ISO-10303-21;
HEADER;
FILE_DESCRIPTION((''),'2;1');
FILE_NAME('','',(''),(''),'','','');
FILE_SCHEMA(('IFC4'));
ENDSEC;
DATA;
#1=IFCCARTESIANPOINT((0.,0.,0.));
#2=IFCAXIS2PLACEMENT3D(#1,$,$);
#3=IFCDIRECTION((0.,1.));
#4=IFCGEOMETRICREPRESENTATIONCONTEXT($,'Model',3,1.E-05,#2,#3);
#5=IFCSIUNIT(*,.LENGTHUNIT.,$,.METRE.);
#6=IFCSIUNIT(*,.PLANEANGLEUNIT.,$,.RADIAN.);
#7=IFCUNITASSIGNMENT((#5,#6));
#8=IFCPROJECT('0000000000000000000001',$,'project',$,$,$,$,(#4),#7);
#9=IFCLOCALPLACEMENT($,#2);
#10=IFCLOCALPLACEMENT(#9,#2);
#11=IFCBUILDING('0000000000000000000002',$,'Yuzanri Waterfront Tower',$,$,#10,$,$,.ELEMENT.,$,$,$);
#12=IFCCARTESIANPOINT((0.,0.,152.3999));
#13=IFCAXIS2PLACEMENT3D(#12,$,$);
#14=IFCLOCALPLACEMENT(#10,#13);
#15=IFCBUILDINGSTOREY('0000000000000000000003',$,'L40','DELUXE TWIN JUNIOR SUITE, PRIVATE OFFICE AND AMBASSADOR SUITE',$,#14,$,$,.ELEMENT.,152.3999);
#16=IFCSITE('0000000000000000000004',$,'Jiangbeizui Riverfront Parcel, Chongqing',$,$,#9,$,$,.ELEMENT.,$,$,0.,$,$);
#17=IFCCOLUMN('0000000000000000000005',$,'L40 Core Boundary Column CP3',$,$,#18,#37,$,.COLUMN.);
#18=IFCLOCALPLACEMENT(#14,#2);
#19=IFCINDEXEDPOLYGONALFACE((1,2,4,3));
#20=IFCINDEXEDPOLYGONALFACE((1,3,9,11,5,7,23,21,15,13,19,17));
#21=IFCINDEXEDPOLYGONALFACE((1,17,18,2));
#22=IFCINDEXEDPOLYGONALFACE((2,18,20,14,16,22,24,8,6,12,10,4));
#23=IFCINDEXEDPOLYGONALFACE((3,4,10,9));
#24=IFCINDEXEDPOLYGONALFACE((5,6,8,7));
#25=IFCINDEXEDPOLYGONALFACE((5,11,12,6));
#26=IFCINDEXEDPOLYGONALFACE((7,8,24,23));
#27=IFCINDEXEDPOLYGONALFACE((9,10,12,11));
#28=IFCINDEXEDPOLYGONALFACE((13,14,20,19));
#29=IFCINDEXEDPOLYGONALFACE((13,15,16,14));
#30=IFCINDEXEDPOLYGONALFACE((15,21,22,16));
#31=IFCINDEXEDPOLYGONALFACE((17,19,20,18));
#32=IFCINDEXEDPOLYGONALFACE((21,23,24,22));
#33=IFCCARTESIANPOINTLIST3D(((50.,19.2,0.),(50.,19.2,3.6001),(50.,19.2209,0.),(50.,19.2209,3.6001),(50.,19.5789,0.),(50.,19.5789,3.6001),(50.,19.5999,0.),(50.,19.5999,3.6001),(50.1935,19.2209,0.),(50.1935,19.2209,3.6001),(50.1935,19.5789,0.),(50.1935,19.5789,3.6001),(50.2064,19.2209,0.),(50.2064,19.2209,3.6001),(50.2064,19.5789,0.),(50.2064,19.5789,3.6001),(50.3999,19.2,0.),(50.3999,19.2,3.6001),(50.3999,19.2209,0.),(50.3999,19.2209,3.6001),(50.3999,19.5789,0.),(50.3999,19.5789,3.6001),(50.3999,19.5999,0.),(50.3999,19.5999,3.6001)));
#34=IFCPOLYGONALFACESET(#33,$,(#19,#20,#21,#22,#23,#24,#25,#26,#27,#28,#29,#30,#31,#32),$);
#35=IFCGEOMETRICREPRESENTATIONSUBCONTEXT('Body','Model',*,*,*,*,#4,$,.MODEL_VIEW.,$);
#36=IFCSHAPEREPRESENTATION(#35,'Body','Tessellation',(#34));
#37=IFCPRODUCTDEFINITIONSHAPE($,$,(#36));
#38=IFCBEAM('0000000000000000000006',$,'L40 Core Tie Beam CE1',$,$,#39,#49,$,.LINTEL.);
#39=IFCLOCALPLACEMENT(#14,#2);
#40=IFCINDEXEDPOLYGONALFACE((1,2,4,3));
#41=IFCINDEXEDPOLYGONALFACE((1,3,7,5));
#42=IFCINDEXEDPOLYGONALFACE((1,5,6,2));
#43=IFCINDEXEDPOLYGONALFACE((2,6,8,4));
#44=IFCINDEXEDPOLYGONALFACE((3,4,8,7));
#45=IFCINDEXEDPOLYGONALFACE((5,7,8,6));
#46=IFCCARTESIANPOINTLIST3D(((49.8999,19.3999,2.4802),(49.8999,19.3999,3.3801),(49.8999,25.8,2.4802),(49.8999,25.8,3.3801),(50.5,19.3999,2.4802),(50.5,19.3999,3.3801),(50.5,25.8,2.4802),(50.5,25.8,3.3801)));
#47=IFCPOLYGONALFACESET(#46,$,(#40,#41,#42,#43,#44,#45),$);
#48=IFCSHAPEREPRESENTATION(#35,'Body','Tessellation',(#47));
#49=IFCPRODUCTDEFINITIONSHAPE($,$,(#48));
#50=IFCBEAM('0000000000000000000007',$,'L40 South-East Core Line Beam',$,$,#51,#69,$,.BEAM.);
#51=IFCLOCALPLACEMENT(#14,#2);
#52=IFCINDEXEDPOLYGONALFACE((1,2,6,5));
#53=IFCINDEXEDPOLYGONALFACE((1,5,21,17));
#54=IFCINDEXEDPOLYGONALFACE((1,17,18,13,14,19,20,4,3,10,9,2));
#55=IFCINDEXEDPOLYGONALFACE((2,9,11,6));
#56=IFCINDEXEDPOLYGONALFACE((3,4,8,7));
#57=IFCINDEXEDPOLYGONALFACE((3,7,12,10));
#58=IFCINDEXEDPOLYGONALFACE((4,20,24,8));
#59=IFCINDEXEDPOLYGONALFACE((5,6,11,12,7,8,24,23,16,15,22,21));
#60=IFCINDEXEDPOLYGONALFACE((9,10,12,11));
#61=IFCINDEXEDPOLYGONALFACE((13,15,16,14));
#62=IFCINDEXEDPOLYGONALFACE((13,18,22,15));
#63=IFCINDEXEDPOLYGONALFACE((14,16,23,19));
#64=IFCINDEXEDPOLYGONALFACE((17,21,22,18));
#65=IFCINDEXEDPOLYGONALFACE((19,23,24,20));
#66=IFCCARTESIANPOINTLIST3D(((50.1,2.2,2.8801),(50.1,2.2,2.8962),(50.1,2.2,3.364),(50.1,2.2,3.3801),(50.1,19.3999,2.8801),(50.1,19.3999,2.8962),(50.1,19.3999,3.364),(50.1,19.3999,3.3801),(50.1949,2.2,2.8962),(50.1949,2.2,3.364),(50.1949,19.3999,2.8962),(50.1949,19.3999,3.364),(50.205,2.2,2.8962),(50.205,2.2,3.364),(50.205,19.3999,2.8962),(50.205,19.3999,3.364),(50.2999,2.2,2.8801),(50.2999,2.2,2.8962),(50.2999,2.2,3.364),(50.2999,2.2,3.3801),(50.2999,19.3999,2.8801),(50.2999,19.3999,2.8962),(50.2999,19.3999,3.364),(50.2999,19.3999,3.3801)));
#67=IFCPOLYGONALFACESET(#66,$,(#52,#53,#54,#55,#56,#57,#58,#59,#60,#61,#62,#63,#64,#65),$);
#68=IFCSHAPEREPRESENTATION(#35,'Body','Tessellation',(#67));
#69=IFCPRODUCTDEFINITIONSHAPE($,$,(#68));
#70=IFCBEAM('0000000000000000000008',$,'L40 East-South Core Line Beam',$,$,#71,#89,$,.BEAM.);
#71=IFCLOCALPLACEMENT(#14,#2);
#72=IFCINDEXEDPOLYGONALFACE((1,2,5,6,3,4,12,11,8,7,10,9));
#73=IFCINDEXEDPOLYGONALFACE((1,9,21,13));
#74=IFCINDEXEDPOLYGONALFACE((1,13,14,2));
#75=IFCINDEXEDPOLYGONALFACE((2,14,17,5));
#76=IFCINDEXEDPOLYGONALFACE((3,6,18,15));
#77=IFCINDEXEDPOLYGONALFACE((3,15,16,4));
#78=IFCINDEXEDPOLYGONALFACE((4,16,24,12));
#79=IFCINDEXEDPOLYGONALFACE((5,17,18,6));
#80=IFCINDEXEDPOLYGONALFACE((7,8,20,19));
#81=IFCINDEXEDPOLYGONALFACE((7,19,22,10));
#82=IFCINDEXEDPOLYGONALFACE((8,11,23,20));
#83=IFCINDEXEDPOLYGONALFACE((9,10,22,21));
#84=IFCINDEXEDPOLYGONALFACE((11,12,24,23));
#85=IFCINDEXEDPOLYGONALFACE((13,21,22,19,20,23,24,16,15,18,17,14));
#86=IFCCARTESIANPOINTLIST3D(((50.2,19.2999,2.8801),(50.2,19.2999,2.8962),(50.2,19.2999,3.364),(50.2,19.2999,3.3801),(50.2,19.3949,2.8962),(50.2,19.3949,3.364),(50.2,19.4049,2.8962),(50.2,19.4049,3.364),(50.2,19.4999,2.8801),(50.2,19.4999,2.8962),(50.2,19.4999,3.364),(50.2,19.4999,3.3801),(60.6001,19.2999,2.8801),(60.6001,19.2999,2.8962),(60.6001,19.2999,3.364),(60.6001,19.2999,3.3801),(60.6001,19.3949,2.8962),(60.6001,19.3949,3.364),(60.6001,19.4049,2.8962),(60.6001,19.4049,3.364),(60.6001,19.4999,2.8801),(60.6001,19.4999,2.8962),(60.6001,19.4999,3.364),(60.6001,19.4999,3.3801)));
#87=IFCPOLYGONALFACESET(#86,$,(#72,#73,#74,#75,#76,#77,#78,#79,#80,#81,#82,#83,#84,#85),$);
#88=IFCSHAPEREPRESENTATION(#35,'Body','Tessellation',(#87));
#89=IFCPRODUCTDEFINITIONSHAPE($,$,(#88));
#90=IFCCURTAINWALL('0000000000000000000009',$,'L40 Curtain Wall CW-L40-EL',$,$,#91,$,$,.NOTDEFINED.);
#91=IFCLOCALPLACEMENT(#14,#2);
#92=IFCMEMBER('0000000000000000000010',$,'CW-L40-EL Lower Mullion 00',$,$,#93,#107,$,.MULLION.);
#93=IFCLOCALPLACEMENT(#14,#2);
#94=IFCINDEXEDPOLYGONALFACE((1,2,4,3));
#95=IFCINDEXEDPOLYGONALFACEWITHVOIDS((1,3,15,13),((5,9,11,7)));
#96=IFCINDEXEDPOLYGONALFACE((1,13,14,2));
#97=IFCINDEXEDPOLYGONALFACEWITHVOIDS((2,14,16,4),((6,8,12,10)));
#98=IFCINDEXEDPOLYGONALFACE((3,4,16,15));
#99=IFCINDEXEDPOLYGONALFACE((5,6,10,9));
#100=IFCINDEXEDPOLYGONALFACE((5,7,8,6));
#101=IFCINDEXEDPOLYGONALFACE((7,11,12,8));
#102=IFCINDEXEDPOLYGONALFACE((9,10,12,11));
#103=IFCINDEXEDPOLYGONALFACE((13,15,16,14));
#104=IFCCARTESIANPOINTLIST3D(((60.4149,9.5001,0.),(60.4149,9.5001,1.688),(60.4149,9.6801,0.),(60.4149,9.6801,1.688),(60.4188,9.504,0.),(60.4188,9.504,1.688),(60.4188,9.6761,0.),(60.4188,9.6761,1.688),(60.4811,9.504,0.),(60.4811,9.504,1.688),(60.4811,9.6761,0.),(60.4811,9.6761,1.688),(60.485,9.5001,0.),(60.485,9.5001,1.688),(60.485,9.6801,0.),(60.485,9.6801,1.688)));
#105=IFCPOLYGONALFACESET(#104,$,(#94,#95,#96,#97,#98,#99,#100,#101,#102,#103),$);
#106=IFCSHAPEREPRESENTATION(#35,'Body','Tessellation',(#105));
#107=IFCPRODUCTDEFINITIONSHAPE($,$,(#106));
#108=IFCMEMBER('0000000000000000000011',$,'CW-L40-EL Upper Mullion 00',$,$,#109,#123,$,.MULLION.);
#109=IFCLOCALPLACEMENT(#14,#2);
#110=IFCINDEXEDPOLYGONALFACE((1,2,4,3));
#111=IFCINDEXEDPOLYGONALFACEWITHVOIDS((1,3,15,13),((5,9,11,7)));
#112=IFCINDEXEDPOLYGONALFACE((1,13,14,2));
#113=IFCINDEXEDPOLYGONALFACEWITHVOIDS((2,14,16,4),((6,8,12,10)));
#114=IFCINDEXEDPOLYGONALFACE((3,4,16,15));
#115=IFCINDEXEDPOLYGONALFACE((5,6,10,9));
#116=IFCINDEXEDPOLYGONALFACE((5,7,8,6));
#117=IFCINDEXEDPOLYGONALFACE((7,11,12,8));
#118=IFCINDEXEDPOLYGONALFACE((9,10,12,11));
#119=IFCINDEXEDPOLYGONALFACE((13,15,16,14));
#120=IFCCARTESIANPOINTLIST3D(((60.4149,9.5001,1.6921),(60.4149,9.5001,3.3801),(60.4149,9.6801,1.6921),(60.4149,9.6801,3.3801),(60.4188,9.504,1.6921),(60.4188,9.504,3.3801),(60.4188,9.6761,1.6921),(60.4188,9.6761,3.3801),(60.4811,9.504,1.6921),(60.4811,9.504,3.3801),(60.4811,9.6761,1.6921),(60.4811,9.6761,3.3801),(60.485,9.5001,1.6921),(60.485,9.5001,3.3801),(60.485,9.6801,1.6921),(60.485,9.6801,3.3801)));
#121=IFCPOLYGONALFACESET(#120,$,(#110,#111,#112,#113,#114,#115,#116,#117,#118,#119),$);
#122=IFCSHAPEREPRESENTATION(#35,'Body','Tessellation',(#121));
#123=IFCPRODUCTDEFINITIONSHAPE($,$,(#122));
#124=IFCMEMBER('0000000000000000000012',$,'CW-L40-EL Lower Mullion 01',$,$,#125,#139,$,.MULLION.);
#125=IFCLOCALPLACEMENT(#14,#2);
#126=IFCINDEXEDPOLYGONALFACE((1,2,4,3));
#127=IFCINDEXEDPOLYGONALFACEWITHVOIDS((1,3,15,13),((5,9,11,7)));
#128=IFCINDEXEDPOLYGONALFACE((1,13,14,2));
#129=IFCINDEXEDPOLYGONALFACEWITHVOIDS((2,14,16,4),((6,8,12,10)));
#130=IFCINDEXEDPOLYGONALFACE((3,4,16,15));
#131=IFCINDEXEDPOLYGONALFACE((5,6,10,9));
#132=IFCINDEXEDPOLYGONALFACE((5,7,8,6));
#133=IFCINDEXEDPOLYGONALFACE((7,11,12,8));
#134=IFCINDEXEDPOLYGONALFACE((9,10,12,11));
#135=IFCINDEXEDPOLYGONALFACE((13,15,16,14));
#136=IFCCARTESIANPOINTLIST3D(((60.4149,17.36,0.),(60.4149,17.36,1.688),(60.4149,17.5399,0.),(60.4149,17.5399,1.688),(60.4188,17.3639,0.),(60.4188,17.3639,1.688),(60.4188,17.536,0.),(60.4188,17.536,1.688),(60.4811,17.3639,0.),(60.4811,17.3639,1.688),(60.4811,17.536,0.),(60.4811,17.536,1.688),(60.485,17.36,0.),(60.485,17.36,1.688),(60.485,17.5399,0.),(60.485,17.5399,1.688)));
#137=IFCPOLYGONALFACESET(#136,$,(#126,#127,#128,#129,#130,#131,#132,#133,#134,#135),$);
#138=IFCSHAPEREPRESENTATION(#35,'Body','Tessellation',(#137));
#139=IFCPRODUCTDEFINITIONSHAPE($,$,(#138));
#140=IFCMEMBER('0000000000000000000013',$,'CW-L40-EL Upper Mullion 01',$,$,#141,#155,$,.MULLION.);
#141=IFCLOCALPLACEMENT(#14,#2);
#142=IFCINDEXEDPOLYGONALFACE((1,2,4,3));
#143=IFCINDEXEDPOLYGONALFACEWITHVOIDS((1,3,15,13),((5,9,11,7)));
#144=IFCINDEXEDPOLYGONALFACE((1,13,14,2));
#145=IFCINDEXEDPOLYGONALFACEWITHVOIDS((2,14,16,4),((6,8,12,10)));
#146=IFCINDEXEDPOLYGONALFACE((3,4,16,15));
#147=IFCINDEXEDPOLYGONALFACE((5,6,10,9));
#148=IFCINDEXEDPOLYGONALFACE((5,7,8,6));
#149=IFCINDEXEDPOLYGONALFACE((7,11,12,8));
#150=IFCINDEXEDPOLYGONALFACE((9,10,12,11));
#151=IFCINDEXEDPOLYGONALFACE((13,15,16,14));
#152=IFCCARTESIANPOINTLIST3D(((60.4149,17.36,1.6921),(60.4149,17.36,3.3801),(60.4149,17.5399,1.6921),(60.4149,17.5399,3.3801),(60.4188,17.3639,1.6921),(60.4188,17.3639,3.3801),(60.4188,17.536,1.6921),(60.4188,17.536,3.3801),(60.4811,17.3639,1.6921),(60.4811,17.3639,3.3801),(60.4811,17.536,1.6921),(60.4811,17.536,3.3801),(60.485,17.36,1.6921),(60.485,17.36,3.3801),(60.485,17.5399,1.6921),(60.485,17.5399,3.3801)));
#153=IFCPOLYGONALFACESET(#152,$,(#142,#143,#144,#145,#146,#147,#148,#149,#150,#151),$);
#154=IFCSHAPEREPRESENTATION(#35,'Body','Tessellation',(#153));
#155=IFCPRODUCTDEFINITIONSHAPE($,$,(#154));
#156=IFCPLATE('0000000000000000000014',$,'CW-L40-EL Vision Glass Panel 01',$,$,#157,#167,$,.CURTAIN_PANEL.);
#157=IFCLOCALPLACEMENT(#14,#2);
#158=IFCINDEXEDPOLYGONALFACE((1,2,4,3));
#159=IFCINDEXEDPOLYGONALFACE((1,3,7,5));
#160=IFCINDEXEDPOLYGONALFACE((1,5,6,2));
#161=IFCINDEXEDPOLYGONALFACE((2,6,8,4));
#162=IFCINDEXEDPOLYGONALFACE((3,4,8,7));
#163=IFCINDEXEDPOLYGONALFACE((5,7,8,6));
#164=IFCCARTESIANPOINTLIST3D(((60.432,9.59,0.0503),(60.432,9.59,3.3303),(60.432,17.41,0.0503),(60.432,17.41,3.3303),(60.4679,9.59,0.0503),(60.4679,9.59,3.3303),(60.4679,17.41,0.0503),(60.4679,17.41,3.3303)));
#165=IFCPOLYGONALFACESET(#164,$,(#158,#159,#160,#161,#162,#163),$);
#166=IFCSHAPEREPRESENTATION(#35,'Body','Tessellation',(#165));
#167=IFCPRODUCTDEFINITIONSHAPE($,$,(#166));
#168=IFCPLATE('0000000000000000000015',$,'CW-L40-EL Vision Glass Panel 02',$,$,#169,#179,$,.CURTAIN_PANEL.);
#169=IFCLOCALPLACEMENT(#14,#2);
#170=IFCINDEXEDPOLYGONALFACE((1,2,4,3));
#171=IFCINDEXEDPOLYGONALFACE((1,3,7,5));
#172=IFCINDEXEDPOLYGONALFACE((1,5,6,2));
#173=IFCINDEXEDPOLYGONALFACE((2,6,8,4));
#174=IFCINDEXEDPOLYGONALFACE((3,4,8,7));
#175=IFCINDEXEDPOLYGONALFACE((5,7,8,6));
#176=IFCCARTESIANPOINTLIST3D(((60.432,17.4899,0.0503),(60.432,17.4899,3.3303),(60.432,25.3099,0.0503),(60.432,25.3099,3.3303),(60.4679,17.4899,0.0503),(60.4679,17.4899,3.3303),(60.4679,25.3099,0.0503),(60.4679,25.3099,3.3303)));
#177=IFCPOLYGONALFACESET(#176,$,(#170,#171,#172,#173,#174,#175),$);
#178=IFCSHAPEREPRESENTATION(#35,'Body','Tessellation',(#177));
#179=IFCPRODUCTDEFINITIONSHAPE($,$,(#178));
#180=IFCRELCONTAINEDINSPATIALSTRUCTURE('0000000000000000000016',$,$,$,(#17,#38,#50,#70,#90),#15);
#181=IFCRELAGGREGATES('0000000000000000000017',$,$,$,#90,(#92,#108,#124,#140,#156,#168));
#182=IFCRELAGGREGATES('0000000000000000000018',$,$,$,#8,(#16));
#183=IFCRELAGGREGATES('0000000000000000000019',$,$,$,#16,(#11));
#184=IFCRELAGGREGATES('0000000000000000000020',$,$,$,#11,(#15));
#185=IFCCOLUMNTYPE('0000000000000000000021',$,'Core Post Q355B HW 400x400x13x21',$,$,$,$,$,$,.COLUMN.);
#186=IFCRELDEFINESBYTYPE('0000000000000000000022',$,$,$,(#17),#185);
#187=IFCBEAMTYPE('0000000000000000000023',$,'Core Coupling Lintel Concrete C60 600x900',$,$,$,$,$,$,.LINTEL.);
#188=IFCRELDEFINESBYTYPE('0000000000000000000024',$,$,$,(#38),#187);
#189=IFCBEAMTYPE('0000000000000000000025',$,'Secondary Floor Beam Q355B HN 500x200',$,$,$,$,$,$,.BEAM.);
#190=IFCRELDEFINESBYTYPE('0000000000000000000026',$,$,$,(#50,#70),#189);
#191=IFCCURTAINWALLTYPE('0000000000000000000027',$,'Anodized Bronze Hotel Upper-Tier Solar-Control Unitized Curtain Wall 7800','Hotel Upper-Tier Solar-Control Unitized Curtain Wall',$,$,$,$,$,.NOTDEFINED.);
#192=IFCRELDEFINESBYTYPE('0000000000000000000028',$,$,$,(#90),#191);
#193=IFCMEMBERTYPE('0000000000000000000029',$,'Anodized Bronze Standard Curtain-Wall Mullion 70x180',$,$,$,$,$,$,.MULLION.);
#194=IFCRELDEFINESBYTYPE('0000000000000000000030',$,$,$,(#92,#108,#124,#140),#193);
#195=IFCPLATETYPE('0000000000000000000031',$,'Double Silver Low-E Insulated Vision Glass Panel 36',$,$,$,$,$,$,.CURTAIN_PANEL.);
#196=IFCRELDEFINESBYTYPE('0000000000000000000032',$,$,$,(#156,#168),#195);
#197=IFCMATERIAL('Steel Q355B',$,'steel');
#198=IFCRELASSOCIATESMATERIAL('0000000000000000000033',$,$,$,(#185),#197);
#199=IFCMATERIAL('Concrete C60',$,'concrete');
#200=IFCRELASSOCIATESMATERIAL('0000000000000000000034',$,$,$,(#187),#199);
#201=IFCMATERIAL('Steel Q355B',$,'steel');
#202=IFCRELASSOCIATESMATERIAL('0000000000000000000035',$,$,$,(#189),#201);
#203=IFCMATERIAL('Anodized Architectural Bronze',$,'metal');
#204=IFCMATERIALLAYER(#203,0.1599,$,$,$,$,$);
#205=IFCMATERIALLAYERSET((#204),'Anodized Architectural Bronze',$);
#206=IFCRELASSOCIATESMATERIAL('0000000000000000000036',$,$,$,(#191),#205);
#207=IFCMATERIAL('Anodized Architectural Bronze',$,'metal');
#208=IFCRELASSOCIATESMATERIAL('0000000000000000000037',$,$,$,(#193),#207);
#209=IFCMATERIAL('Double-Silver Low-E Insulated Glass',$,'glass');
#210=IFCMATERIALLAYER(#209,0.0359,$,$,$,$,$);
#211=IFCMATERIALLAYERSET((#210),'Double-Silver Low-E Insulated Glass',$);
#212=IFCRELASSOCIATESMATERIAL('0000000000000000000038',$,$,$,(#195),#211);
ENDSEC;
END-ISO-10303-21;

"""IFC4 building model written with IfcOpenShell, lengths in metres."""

from ifc_helpers import new_model, si_unit, direction, frame, origin, origin_2d, place, context, subcontext, project, spatial, rectangle, hollow_rectangle, i_section, extrude, source, transform, mapped, material, layer, layer_set, material_profile, profile_set, type_object, element, aggregate, save


model = new_model("IFC4")

# Units and contexts
model_context = context("Model", 3, precision=1e-05, world=origin(), true_north=direction((0.0, 1.0)))
body_context = subcontext(model_context, "Body", "Model", "MODEL_VIEW")
ifc_project = project(units=[si_unit("LENGTHUNIT", "METRE"), si_unit("PLANEANGLEUNIT", "RADIAN")], contexts=[model_context])

# Site, building, storey
site_placement = place(None, origin())
site = spatial("IfcSite", under=ifc_project, at=site_placement, Name="Jiangbeizui Riverfront Parcel, Chongqing", CompositionType="ELEMENT", RefElevation=0.0)
building_placement = place(site_placement, origin())
building = spatial("IfcBuilding", under=site, at=building_placement, Name="Yuzanri Waterfront Tower", CompositionType="ELEMENT")
storey_placement = place(building_placement, frame((0.0, 0.0, 152.3999)))
storey = spatial("IfcBuildingStorey", under=building, at=storey_placement, Name="L40", Description="DELUXE TWIN JUNIOR SUITE, PRIVATE OFFICE AND AMBASSADOR SUITE", CompositionType="ELEMENT", Elevation=152.3999)

# Column
ifc_material_1 = material(Name="Steel Q355B", Category="steel")
ifc_material_profile_1 = material_profile(ifc_material_1, i_section(OverallWidth=0.3999, OverallDepth=0.3999, WebThickness=0.0129, FlangeThickness=0.021, at=origin_2d()), Name="HW 400x400x13x21")
ifc_profile_set_1 = profile_set([ifc_material_profile_1], Name="Steel Q355B")
column_type = type_object("IfcColumnType", Name="Core Post Q355B HW 400x400x13x21", PredefinedType="COLUMN", material=ifc_profile_set_1)
shared_shape_1 = source(origin(), body_context, "Body", "SweptSolid", [
    extrude(i_section(OverallWidth=0.3999, OverallDepth=0.3999, WebThickness=0.0129, FlangeThickness=0.021, at=origin_2d()), origin(), (0.0, 0.0, 1.0), 3.6001),
])
column_placement = place(storey_placement, frame((50.2, 19.3999, 0.0), z_axis=(0.0, 0.0, 1.0), x_axis=(1.0, 0.0, 0.0)))
element("IfcColumn", 1, at=column_placement, inside=storey, type_object=column_type, Name="L40 Core Boundary Column CP3", PredefinedType="COLUMN", context=body_context, shape_type="MappedRepresentation", body=[
    mapped(shared_shape_1, transform((0.0, 0.0, 0.0), scale=1.0)),
])

# Beams
ifc_material_2 = material(Name="Concrete C60", Category="concrete")
ifc_material_profile_2 = material_profile(ifc_material_2, rectangle(XDim=0.6001, YDim=0.8999, at=origin_2d()), Name="RC 600x900")
ifc_profile_set_2 = profile_set([ifc_material_profile_2], Name="Concrete C60")
beam_type_1 = type_object("IfcBeamType", Name="Core Coupling Lintel Concrete C60 600x900", PredefinedType="LINTEL", material=ifc_profile_set_2)
shared_shape_2 = source(origin(), body_context, "Body", "SweptSolid", [
    extrude(rectangle(XDim=0.6001, YDim=0.8999, at=origin_2d()), origin(), (0.0, 0.0, 1.0), 6.4001),
])
beam_1_placement = place(storey_placement, frame((50.2, 19.3999, 2.9302), z_axis=(0.0, 1.0, 0.0), x_axis=(-1.0, 0.0, 0.0)))
element("IfcBeam", 2, at=beam_1_placement, inside=storey, type_object=beam_type_1, Name="L40 Core Tie Beam CE1", PredefinedType="LINTEL", context=body_context, shape_type="MappedRepresentation", body=[
    mapped(shared_shape_2, transform((0.0, 0.0, 0.0), scale=1.0)),
])
ifc_material_3 = material(Name="Steel Q355B", Category="steel")
ifc_material_profile_3 = material_profile(ifc_material_3, i_section(OverallWidth=0.2, OverallDepth=0.5, WebThickness=0.01, FlangeThickness=0.0161, at=origin_2d()), Name="HN 500x200x10x16")
ifc_profile_set_3 = profile_set([ifc_material_profile_3], Name="Steel Q355B")
beam_type_2 = type_object("IfcBeamType", Name="Secondary Floor Beam Q355B HN 500x200", PredefinedType="BEAM", material=ifc_profile_set_3)
shared_shape_3 = source(origin(), body_context, "Body", "SweptSolid", [
    extrude(i_section(OverallWidth=0.2, OverallDepth=0.5, WebThickness=0.01, FlangeThickness=0.0161, at=origin_2d()), origin(), (0.0, 0.0, 1.0), 17.2),
])
beam_2_placement = place(storey_placement, frame((50.2, 19.3999, 3.1301), z_axis=(0.0, -1.0, 0.0), x_axis=(1.0, 0.0, 0.0)))
element("IfcBeam", 3, at=beam_2_placement, inside=storey, type_object=beam_type_2, Name="L40 South-East Core Line Beam", PredefinedType="BEAM", context=body_context, shape_type="MappedRepresentation", body=[
    mapped(shared_shape_3, transform((0.0, 0.0, 0.0), scale=1.0)),
])
shared_shape_4 = source(origin(), body_context, "Body", "SweptSolid", [
    extrude(i_section(OverallWidth=0.2, OverallDepth=0.5, WebThickness=0.01, FlangeThickness=0.0161, at=origin_2d()), origin(), (0.0, 0.0, 1.0), 10.4001),
])
beam_3_placement = place(storey_placement, frame((50.2, 19.3999, 3.1301), z_axis=(1.0, 0.0, 0.0), x_axis=(0.0, 1.0, 0.0)))
element("IfcBeam", 4, at=beam_3_placement, inside=storey, type_object=beam_type_2, Name="L40 East-South Core Line Beam", PredefinedType="BEAM", context=body_context, shape_type="MappedRepresentation", body=[
    mapped(shared_shape_4, transform((0.0, 0.0, 0.0), scale=1.0)),
])

# Curtain wall, members, plates
ifc_material_4 = material(Name="Anodized Architectural Bronze", Category="metal")
ifc_layer_1 = layer(ifc_material_4, 0.1599)
ifc_layer_set_1 = layer_set([ifc_layer_1], Name="Anodized Architectural Bronze")
curtain_wall_type = type_object("IfcCurtainWallType", Name="Anodized Bronze Hotel Upper-Tier Solar-Control Unitized Curtain Wall 7800", Description="Hotel Upper-Tier Solar-Control Unitized Curtain Wall", PredefinedType="NOTDEFINED", material=ifc_layer_set_1)
curtain_wall_placement = place(storey_placement, origin())
curtain_wall = element("IfcCurtainWall", 5, at=curtain_wall_placement, inside=storey, type_object=curtain_wall_type, Name="L40 Curtain Wall CW-L40-EL", PredefinedType="NOTDEFINED")
ifc_material_5 = material(Name="Anodized Architectural Bronze", Category="metal")
ifc_material_profile_4 = material_profile(ifc_material_5, hollow_rectangle(XDim=0.0701, YDim=0.1799, WallThickness=0.0039, at=origin_2d()), Name="CWM 70x180")
ifc_profile_set_4 = profile_set([ifc_material_profile_4], Name="Anodized Architectural Bronze")
member_type = type_object("IfcMemberType", Name="Anodized Bronze Standard Curtain-Wall Mullion 70x180", PredefinedType="MULLION", material=ifc_profile_set_4)
shared_shape_5 = source(origin(), body_context, "Body", "SweptSolid", [
    extrude(hollow_rectangle(XDim=0.0701, YDim=0.1799, WallThickness=0.0039, at=origin_2d()), origin(), (0.0, 0.0, 1.0), 1.688),
])
member_1_placement = place(storey_placement, frame((60.45, 9.5901, 0.0), z_axis=(0.0, 0.0, 1.0), x_axis=(1.0, 0.0, 0.0)))
member_1 = element("IfcMember", 6, at=member_1_placement, type_object=member_type, Name="CW-L40-EL Lower Mullion 00", PredefinedType="MULLION", context=body_context, shape_type="MappedRepresentation", body=[
    mapped(shared_shape_5, transform((0.0, 0.0, 0.0), scale=1.0)),
])
member_2_placement = place(storey_placement, frame((60.45, 9.5901, 1.6921), z_axis=(0.0, 0.0, 1.0), x_axis=(1.0, 0.0, 0.0)))
member_2 = element("IfcMember", 7, at=member_2_placement, type_object=member_type, Name="CW-L40-EL Upper Mullion 00", PredefinedType="MULLION", context=body_context, shape_type="MappedRepresentation", body=[
    mapped(shared_shape_5, transform((0.0, 0.0, 0.0), scale=1.0)),
])
member_3_placement = place(storey_placement, frame((60.45, 17.45, 0.0), z_axis=(0.0, 0.0, 1.0), x_axis=(1.0, 0.0, 0.0)))
member_3 = element("IfcMember", 8, at=member_3_placement, type_object=member_type, Name="CW-L40-EL Lower Mullion 01", PredefinedType="MULLION", context=body_context, shape_type="MappedRepresentation", body=[
    mapped(shared_shape_5, transform((0.0, 0.0, 0.0), scale=1.0)),
])
member_4_placement = place(storey_placement, frame((60.45, 17.45, 1.6921), z_axis=(0.0, 0.0, 1.0), x_axis=(1.0, 0.0, 0.0)))
member_4 = element("IfcMember", 9, at=member_4_placement, type_object=member_type, Name="CW-L40-EL Upper Mullion 01", PredefinedType="MULLION", context=body_context, shape_type="MappedRepresentation", body=[
    mapped(shared_shape_5, transform((0.0, 0.0, 0.0), scale=1.0)),
])
ifc_material_6 = material(Name="Double-Silver Low-E Insulated Glass", Category="glass")
ifc_layer_2 = layer(ifc_material_6, 0.0359)
ifc_layer_set_2 = layer_set([ifc_layer_2], Name="Double-Silver Low-E Insulated Glass")
plate_type = type_object("IfcPlateType", Name="Double Silver Low-E Insulated Vision Glass Panel 36", PredefinedType="CURTAIN_PANEL", material=ifc_layer_set_2)
shared_shape_6 = source(origin(), body_context, "Body", "SweptSolid", [
    extrude(rectangle(XDim=7.8201, YDim=0.0359, at=origin_2d()), origin(), (0.0, 0.0, 1.0), 3.28),
])
plate_1_placement = place(storey_placement, frame((60.45, 13.5, 0.0503), z_axis=(0.0, 0.0, 1.0), x_axis=(0.0, 1.0, 0.0)))
plate_1 = element("IfcPlate", 10, at=plate_1_placement, type_object=plate_type, Name="CW-L40-EL Vision Glass Panel 01", PredefinedType="CURTAIN_PANEL", context=body_context, shape_type="MappedRepresentation", body=[
    mapped(shared_shape_6, transform((0.0, 0.0, 0.0), scale=1.0)),
])
plate_2_placement = place(storey_placement, frame((60.45, 21.3999, 0.0503), z_axis=(0.0, 0.0, 1.0), x_axis=(0.0, 1.0, 0.0)))
plate_2 = element("IfcPlate", 11, at=plate_2_placement, type_object=plate_type, Name="CW-L40-EL Vision Glass Panel 02", PredefinedType="CURTAIN_PANEL", context=body_context, shape_type="MappedRepresentation", body=[
    mapped(shared_shape_6, transform((0.0, 0.0, 0.0), scale=1.0)),
])
aggregate(curtain_wall, [member_1, member_2, member_3, member_4, plate_1, plate_2])

save(model, "model.ifc")
